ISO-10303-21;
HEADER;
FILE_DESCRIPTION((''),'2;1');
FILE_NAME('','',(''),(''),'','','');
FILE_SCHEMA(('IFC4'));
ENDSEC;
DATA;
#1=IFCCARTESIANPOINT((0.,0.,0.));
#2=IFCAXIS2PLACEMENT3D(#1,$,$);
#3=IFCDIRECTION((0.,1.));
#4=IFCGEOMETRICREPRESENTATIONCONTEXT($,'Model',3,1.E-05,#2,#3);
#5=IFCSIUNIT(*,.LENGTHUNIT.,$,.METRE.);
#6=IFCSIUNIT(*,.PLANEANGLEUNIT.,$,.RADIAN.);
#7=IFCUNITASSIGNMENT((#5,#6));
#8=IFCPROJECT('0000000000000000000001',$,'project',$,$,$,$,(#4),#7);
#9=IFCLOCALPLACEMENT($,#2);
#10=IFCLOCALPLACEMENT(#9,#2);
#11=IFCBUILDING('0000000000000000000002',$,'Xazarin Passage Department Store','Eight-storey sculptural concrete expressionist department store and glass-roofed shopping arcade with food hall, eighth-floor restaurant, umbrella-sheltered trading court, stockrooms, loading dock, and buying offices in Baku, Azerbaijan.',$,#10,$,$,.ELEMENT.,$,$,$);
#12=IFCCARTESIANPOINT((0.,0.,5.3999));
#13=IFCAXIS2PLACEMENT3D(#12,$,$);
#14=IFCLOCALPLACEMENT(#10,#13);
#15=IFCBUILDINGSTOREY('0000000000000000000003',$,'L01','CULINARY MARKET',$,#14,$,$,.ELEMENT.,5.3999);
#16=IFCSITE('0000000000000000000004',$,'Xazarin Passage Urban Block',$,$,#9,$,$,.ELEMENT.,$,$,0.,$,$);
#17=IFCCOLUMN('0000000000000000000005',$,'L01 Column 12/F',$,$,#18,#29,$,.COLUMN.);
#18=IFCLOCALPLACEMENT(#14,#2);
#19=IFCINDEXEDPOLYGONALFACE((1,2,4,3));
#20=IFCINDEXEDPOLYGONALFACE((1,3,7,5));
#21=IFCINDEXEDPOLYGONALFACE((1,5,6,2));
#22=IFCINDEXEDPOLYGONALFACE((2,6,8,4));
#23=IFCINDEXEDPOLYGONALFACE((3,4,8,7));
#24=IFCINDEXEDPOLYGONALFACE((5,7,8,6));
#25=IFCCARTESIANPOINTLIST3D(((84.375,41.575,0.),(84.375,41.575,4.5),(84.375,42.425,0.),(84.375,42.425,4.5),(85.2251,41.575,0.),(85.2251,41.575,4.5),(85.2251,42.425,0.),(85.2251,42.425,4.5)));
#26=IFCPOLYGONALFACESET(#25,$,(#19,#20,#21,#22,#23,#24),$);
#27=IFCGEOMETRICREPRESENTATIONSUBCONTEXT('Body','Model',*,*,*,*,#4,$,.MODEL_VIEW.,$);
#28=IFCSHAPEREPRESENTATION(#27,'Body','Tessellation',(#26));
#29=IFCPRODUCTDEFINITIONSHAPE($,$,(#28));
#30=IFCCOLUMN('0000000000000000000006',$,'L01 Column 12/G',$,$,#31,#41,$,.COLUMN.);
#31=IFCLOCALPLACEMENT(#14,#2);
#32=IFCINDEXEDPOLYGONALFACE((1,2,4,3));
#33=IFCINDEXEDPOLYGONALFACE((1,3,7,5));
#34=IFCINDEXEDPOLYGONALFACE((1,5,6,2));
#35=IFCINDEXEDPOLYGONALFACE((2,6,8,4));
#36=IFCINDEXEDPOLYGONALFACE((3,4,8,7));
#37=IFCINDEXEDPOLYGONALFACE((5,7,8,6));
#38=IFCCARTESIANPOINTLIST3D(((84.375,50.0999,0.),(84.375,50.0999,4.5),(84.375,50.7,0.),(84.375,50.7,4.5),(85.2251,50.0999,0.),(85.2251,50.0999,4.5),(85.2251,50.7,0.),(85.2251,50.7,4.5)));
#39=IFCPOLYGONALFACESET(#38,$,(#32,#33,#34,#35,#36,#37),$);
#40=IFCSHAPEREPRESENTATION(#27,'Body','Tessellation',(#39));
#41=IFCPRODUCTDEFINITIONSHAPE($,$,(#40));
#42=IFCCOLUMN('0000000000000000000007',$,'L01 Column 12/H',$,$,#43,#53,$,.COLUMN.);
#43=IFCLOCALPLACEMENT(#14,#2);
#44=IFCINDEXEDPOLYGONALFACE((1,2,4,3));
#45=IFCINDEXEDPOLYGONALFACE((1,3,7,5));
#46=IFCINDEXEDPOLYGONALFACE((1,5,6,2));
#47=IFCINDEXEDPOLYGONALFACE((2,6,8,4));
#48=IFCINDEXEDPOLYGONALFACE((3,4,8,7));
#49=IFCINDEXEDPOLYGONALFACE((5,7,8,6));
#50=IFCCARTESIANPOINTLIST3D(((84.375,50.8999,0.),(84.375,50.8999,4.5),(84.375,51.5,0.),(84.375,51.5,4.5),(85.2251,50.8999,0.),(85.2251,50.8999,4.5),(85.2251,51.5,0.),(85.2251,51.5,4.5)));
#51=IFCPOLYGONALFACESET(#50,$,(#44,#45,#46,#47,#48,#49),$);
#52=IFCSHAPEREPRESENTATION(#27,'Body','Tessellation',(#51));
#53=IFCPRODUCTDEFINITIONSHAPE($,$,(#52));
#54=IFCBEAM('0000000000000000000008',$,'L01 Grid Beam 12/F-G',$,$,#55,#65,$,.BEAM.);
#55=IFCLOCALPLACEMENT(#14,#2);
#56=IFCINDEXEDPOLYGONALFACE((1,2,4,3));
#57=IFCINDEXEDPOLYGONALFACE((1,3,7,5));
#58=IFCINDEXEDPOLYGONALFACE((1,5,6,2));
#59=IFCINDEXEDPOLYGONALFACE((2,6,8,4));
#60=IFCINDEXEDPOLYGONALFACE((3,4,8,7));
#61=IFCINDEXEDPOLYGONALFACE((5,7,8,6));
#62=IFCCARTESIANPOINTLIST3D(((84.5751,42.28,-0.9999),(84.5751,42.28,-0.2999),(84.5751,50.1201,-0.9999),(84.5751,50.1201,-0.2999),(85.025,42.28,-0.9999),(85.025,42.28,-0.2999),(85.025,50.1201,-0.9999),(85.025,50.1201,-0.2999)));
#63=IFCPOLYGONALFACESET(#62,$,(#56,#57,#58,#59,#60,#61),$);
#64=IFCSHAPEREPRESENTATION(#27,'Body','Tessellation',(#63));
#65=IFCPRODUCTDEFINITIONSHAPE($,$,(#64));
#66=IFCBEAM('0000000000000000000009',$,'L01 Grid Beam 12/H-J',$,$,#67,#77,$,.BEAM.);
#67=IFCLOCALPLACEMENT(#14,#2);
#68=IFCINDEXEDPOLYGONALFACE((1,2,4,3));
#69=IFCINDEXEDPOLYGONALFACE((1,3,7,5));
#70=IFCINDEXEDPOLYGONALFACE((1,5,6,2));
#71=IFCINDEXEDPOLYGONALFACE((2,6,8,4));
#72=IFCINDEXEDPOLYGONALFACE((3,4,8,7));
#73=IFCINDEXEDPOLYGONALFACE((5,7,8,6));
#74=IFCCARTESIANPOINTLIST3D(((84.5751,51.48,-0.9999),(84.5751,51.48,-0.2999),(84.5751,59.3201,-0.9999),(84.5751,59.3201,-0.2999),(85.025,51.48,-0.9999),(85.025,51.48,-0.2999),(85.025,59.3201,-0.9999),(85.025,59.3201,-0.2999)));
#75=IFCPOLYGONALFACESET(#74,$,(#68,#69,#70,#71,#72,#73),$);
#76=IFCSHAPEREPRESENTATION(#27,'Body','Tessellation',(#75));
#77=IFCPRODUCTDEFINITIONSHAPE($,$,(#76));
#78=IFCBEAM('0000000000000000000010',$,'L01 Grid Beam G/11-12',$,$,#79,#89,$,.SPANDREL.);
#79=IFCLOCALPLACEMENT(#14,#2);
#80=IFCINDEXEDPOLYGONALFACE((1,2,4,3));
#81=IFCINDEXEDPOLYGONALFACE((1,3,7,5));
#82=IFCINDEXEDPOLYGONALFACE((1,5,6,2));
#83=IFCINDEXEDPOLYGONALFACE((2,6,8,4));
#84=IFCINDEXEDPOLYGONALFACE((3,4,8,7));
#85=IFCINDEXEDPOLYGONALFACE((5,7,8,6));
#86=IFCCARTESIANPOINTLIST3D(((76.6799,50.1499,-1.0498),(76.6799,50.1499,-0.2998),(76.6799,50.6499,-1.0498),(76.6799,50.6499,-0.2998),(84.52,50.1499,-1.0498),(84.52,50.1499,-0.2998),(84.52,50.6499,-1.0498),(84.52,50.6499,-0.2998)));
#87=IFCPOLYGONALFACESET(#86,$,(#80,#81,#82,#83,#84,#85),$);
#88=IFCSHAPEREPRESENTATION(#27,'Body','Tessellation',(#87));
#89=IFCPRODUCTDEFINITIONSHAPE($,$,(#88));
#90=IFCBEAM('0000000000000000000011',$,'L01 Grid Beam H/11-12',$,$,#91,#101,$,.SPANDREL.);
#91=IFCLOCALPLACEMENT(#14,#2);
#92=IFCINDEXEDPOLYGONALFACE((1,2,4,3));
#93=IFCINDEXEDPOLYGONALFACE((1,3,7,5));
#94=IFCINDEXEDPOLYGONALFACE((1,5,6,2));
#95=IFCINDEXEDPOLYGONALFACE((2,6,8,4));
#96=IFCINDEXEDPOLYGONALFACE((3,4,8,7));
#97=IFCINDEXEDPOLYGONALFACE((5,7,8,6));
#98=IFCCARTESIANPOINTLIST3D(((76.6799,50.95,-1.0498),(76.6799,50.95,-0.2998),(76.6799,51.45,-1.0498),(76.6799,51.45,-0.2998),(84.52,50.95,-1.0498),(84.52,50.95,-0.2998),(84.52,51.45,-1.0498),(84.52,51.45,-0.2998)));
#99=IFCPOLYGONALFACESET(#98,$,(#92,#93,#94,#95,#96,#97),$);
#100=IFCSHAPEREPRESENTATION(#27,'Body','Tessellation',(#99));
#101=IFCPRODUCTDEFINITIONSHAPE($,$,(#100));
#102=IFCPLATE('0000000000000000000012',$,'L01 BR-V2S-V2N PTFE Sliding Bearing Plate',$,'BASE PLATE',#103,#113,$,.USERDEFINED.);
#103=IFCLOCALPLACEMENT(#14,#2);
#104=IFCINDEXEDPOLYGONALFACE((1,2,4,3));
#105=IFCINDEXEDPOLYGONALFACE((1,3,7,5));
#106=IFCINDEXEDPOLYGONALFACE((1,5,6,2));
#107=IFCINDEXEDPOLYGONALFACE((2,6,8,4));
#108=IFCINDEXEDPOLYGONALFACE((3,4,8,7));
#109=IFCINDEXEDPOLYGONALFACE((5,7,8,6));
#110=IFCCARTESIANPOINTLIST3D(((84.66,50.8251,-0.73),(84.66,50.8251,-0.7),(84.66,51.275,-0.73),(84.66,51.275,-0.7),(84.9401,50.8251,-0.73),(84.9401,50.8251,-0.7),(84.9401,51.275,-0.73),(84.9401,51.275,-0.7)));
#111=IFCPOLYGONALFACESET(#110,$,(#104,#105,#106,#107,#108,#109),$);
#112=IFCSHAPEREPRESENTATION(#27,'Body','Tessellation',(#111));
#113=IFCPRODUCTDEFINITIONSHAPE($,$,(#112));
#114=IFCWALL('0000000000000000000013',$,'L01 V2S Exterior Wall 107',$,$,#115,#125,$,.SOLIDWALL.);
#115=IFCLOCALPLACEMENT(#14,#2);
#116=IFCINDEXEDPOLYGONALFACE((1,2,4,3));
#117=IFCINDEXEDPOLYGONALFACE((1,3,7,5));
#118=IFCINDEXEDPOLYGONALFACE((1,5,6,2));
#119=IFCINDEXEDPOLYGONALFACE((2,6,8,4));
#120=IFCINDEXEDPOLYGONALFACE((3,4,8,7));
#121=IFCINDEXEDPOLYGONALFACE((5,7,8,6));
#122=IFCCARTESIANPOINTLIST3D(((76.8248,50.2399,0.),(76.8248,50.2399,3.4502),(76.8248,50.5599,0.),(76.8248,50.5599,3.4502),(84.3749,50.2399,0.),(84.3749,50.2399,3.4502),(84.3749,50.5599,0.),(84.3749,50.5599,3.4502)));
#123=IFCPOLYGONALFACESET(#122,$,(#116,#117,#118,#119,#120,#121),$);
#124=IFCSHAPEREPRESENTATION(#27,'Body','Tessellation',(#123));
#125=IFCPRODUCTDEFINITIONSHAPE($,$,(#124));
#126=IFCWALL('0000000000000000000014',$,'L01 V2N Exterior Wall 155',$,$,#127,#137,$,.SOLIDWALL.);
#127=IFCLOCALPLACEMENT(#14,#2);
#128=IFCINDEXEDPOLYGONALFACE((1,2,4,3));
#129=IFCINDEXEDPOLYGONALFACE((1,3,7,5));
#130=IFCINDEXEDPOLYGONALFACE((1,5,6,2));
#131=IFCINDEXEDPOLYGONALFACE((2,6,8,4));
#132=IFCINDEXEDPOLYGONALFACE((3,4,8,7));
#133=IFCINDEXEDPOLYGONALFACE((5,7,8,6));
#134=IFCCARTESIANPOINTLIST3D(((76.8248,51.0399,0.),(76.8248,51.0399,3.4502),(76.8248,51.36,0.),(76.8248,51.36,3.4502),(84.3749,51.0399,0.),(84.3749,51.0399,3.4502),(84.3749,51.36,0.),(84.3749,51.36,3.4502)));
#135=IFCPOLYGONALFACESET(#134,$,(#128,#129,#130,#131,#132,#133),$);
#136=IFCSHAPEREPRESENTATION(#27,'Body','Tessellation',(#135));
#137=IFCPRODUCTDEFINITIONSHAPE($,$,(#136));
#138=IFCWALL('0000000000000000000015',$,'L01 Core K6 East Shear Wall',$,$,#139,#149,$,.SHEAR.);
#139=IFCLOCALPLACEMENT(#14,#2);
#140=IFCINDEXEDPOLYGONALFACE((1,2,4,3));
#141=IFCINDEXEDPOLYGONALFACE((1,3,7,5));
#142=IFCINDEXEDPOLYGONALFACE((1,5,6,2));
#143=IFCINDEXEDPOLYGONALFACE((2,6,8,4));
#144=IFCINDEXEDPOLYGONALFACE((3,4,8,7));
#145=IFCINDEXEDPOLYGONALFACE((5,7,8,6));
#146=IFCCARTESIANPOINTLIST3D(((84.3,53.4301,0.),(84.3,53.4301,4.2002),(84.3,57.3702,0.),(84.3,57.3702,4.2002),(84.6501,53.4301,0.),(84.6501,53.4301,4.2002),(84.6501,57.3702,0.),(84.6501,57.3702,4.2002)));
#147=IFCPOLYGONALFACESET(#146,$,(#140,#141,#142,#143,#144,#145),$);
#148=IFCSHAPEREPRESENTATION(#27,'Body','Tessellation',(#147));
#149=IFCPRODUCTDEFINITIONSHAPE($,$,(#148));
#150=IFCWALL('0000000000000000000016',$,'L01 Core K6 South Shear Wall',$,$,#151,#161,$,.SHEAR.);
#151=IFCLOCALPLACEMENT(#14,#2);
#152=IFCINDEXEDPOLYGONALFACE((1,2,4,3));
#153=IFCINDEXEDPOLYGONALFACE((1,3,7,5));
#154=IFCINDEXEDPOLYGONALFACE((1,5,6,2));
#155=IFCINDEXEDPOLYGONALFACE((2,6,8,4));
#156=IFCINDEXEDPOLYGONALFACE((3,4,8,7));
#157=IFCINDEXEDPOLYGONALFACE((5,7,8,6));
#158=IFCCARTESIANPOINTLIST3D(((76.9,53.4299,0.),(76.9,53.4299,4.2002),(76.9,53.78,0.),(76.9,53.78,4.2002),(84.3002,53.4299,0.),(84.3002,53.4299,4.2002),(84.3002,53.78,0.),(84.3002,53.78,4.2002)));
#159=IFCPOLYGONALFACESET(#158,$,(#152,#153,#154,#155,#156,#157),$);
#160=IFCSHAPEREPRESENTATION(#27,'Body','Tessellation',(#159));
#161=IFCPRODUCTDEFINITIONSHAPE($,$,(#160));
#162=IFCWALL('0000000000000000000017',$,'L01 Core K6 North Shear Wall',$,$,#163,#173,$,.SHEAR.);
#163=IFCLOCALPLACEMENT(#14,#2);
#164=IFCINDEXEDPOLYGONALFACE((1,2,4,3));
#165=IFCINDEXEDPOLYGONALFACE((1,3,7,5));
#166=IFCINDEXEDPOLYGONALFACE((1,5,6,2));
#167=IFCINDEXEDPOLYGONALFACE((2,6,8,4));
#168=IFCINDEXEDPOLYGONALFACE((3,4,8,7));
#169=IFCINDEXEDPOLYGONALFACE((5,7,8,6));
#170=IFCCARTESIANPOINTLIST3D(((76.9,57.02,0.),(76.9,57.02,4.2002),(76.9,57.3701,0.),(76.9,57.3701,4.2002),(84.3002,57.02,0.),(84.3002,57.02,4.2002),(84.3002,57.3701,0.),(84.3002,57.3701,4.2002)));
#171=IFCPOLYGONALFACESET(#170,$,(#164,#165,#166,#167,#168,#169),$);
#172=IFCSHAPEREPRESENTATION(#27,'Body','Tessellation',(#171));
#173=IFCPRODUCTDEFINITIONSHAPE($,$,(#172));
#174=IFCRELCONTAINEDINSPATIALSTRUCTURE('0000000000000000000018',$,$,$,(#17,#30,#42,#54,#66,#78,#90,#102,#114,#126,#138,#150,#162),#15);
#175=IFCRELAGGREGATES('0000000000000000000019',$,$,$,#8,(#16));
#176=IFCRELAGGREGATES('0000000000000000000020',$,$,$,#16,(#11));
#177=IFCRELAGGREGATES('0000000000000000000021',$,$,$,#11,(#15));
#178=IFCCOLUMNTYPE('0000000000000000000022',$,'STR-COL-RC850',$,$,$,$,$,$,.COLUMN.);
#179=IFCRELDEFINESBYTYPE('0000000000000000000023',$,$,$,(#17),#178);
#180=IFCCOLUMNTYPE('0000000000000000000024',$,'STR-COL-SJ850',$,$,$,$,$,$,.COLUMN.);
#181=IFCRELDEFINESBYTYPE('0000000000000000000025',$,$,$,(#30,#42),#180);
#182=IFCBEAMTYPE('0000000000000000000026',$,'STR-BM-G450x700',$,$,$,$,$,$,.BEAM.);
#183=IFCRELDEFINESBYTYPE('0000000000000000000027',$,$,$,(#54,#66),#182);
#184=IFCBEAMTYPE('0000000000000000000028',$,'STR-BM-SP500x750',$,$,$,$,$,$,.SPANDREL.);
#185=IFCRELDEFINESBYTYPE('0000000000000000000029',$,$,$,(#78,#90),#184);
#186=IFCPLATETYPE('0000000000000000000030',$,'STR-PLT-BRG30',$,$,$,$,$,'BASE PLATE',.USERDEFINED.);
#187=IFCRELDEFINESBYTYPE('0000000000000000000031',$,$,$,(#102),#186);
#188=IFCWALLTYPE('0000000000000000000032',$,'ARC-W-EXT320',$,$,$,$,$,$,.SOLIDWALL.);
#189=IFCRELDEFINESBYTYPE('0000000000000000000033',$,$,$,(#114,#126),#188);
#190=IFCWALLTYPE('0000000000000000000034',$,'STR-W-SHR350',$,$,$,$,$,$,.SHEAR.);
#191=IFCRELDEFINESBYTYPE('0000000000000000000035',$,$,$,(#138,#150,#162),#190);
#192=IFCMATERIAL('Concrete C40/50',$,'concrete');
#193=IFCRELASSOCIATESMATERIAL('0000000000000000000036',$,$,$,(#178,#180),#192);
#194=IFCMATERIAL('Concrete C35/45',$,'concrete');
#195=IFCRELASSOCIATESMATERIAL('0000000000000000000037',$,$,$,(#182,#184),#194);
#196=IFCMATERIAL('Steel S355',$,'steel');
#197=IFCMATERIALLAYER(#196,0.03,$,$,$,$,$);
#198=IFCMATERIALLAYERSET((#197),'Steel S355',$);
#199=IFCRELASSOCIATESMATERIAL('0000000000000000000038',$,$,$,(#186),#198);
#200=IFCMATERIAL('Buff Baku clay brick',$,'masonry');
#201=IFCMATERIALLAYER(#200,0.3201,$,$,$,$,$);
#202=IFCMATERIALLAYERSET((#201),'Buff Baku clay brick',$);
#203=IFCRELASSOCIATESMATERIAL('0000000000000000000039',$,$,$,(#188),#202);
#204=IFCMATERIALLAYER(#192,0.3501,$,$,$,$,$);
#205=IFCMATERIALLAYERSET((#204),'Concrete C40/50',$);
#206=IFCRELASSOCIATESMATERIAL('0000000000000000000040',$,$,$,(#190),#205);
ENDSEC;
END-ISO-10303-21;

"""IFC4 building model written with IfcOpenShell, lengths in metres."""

from ifc_helpers import new_model, si_unit, direction, frame, frame_2d, origin, origin_2d, place, context, subcontext, project, spatial, rectangle, extrude, material, layer, layer_set, material_profile, profile_set, type_object, element, save


model = new_model("IFC4")

# Units and contexts
model_context = context("Model", 3, precision=1e-05, world=origin(), true_north=direction((0.0, 1.0)))
body_context = subcontext(model_context, "Body", "Model", "MODEL_VIEW")
ifc_project = project(units=[si_unit("LENGTHUNIT", "METRE"), si_unit("PLANEANGLEUNIT", "RADIAN")], contexts=[model_context])

# Site, building, storey
site_placement = place(None, origin())
site = spatial("IfcSite", under=ifc_project, at=site_placement, Name="Xazarin Passage Urban Block", CompositionType="ELEMENT", RefElevation=0.0)
building_placement = place(site_placement, origin())
building = spatial("IfcBuilding", under=site, at=building_placement, Name="Xazarin Passage Department Store", Description="Eight-storey sculptural concrete expressionist department store and glass-roofed shopping arcade with food hall, eighth-floor restaurant, umbrella-sheltered trading court, stockrooms, loading dock, and buying offices in Baku, Azerbaijan.", CompositionType="ELEMENT")
storey_placement = place(building_placement, frame((0.0, 0.0, 5.3999)))
storey = spatial("IfcBuildingStorey", under=building, at=storey_placement, Name="L01", Description="CULINARY MARKET", CompositionType="ELEMENT", Elevation=5.3999)

# Columns
ifc_material_1 = material(Name="Concrete C40/50", Category="concrete")
ifc_material_profile_1 = material_profile(ifc_material_1, rectangle(XDim=0.8501, YDim=0.8501, at=origin_2d()), Name="RC 850x850")
ifc_profile_set_1 = profile_set([ifc_material_profile_1], Name="Concrete C40/50")
column_type_1 = type_object("IfcColumnType", Name="STR-COL-RC850", PredefinedType="COLUMN", material=ifc_profile_set_1)
column_placement = place(storey_placement, frame((84.8, 42.0, 0.0), z_axis=(0.0, 0.0, 1.0), x_axis=(1.0, 0.0, 0.0)))
element("IfcColumn", 1, at=column_placement, inside=storey, type_object=column_type_1, Name="L01 Column 12/F", PredefinedType="COLUMN", context=body_context, shape_type="SweptSolid", body=[
    extrude(rectangle(XDim=0.8501, YDim=0.8501, at=origin_2d()), origin(), (0.0, 0.0, 1.0), 4.5),
])
ifc_material_profile_2 = material_profile(ifc_material_1, rectangle(XDim=0.6001, YDim=0.8501, at=origin_2d()), Name="RC 600x850")
ifc_profile_set_2 = profile_set([ifc_material_profile_2], Name="Concrete C40/50")
column_type_2 = type_object("IfcColumnType", Name="STR-COL-SJ850", PredefinedType="COLUMN", material=ifc_profile_set_2)
for number, where, z_axis, x_axis, name in (
    (2, (84.8, 50.3999, 0.0), (0.0, 0.0, 1.0), (0.0, 1.0, 0.0), "L01 Column 12/G"),
    (3, (84.8, 51.2, 0.0), (0.0, 0.0, 1.0), (0.0, 1.0, 0.0), "L01 Column 12/H"),
):
    element("IfcColumn", number, at=place(storey_placement, frame(where, z_axis=z_axis, x_axis=x_axis)), inside=storey, type_object=column_type_2, Name=name, PredefinedType="COLUMN", context=body_context, shape_type="SweptSolid", body=[
        extrude(rectangle(XDim=0.6001, YDim=0.8501, at=origin_2d()), origin(), (0.0, 0.0, 1.0), 4.5),
    ])

# Beams
ifc_material_2 = material(Name="Concrete C35/45", Category="concrete")
ifc_material_profile_3 = material_profile(ifc_material_2, rectangle(XDim=0.45, YDim=0.7, at=origin_2d()), Name="RC 450x700")
ifc_profile_set_3 = profile_set([ifc_material_profile_3], Name="Concrete C35/45")
beam_type_1 = type_object("IfcBeamType", Name="STR-BM-G450x700", PredefinedType="BEAM", material=ifc_profile_set_3)
for number, where, z_axis, x_axis, name in (
    (4, (84.8, 42.28, -0.6499), (0.0, 1.0, 0.0), (-1.0, 0.0, 0.0), "L01 Grid Beam 12/F-G"),
    (5, (84.8, 51.48, -0.6499), (0.0, 1.0, 0.0), (-1.0, 0.0, 0.0), "L01 Grid Beam 12/H-J"),
):
    element("IfcBeam", number, at=place(storey_placement, frame(where, z_axis=z_axis, x_axis=x_axis)), inside=storey, type_object=beam_type_1, Name=name, PredefinedType="BEAM", context=body_context, shape_type="SweptSolid", body=[
        extrude(rectangle(XDim=0.45, YDim=0.7, at=origin_2d()), origin(), (0.0, 0.0, 1.0), 7.8401),
    ])
ifc_material_profile_4 = material_profile(ifc_material_2, rectangle(XDim=0.5, YDim=0.75, at=origin_2d()), Name="RC 500x750")
ifc_profile_set_4 = profile_set([ifc_material_profile_4], Name="Concrete C35/45")
beam_type_2 = type_object("IfcBeamType", Name="STR-BM-SP500x750", PredefinedType="SPANDREL", material=ifc_profile_set_4)
for number, where, z_axis, x_axis, name in (
    (6, (76.6799, 50.3999, -0.6748), (1.0, 0.0, 0.0), (0.0, 1.0, 0.0), "L01 Grid Beam G/11-12"),
    (7, (76.6799, 51.2, -0.6748), (1.0, 0.0, 0.0), (0.0, 1.0, 0.0), "L01 Grid Beam H/11-12"),
):
    element("IfcBeam", number, at=place(storey_placement, frame(where, z_axis=z_axis, x_axis=x_axis)), inside=storey, type_object=beam_type_2, Name=name, PredefinedType="SPANDREL", context=body_context, shape_type="SweptSolid", body=[
        extrude(rectangle(XDim=0.5, YDim=0.75, at=origin_2d()), origin(), (0.0, 0.0, 1.0), 7.8401),
    ])

# Plate
ifc_material_3 = material(Name="Steel S355", Category="steel")
ifc_layer_1 = layer(ifc_material_3, 0.03)
ifc_layer_set_1 = layer_set([ifc_layer_1], Name="Steel S355")
plate_type = type_object("IfcPlateType", Name="STR-PLT-BRG30", ElementType="BASE PLATE", PredefinedType="USERDEFINED", material=ifc_layer_set_1)
plate_placement = place(storey_placement, frame((84.8, 51.05, -0.73), z_axis=(0.0, 0.0, 1.0), x_axis=(1.0, 0.0, 0.0)))
element("IfcPlate", 8, at=plate_placement, inside=storey, type_object=plate_type, Name="L01 BR-V2S-V2N PTFE Sliding Bearing Plate", ObjectType="BASE PLATE", PredefinedType="USERDEFINED", context=body_context, shape_type="SweptSolid", body=[
    extrude(rectangle(XDim=0.28, YDim=0.45, at=origin_2d()), origin(), (0.0, 0.0, 1.0), 0.03),
])

# Walls
ifc_material_4 = material(Name="Buff Baku clay brick", Category="masonry")
ifc_layer_2 = layer(ifc_material_4, 0.3201)
ifc_layer_set_2 = layer_set([ifc_layer_2], Name="Buff Baku clay brick")
wall_type_1 = type_object("IfcWallType", Name="ARC-W-EXT320", PredefinedType="SOLIDWALL", material=ifc_layer_set_2)
for number, where, z_axis, x_axis, name in (
    (9, (76.825, 50.3999, 0.0), (0.0, 0.0, 1.0), (1.0, 0.0, 0.0), "L01 V2S Exterior Wall 107"),
    (10, (76.825, 51.2, 0.0), (0.0, 0.0, 1.0), (1.0, 0.0, 0.0), "L01 V2N Exterior Wall 155"),
):
    element("IfcWall", number, at=place(storey_placement, frame(where, z_axis=z_axis, x_axis=x_axis)), inside=storey, type_object=wall_type_1, Name=name, PredefinedType="SOLIDWALL", context=body_context, shape_type="SweptSolid", body=[
        extrude(rectangle(XDim=7.55, YDim=0.3201, at=frame_2d((3.7749, 0.0))), origin(), (0.0, 0.0, 1.0), 3.4502),
    ])

# Shared definitions
ifc_layer_3 = layer(ifc_material_1, 0.3501)
ifc_layer_set_3 = layer_set([ifc_layer_3], Name="Concrete C40/50")
wall_type_2 = type_object("IfcWallType", Name="STR-W-SHR350", PredefinedType="SHEAR", material=ifc_layer_set_3)

# Walls
wall_1_placement = place(storey_placement, frame((84.4751, 53.4299, 0.0), z_axis=(0.0, 0.0, 1.0), x_axis=(0.0, 1.0, 0.0)))
element("IfcWall", 11, at=wall_1_placement, inside=storey, type_object=wall_type_2, Name="L01 Core K6 East Shear Wall", PredefinedType="SHEAR", context=body_context, shape_type="SweptSolid", body=[
    extrude(rectangle(XDim=3.9402, YDim=0.3501, at=frame_2d((1.9702, 0.0))), origin(), (0.0, 0.0, 1.0), 4.2002),
])
for number, where, z_axis, x_axis, name in (
    (12, (76.8999, 53.605, 0.0), (0.0, 0.0, 1.0), (1.0, 0.0, 0.0), "L01 Core K6 South Shear Wall"),
    (13, (76.8999, 57.1951, 0.0), (0.0, 0.0, 1.0), (1.0, 0.0, 0.0), "L01 Core K6 North Shear Wall"),
):
    element("IfcWall", number, at=place(storey_placement, frame(where, z_axis=z_axis, x_axis=x_axis)), inside=storey, type_object=wall_type_2, Name=name, PredefinedType="SHEAR", context=body_context, shape_type="SweptSolid", body=[
        extrude(rectangle(XDim=7.4001, YDim=0.3501, at=frame_2d((3.7002, 0.0))), origin(), (0.0, 0.0, 1.0), 4.2002),
    ])

save(model, "model.ifc")
